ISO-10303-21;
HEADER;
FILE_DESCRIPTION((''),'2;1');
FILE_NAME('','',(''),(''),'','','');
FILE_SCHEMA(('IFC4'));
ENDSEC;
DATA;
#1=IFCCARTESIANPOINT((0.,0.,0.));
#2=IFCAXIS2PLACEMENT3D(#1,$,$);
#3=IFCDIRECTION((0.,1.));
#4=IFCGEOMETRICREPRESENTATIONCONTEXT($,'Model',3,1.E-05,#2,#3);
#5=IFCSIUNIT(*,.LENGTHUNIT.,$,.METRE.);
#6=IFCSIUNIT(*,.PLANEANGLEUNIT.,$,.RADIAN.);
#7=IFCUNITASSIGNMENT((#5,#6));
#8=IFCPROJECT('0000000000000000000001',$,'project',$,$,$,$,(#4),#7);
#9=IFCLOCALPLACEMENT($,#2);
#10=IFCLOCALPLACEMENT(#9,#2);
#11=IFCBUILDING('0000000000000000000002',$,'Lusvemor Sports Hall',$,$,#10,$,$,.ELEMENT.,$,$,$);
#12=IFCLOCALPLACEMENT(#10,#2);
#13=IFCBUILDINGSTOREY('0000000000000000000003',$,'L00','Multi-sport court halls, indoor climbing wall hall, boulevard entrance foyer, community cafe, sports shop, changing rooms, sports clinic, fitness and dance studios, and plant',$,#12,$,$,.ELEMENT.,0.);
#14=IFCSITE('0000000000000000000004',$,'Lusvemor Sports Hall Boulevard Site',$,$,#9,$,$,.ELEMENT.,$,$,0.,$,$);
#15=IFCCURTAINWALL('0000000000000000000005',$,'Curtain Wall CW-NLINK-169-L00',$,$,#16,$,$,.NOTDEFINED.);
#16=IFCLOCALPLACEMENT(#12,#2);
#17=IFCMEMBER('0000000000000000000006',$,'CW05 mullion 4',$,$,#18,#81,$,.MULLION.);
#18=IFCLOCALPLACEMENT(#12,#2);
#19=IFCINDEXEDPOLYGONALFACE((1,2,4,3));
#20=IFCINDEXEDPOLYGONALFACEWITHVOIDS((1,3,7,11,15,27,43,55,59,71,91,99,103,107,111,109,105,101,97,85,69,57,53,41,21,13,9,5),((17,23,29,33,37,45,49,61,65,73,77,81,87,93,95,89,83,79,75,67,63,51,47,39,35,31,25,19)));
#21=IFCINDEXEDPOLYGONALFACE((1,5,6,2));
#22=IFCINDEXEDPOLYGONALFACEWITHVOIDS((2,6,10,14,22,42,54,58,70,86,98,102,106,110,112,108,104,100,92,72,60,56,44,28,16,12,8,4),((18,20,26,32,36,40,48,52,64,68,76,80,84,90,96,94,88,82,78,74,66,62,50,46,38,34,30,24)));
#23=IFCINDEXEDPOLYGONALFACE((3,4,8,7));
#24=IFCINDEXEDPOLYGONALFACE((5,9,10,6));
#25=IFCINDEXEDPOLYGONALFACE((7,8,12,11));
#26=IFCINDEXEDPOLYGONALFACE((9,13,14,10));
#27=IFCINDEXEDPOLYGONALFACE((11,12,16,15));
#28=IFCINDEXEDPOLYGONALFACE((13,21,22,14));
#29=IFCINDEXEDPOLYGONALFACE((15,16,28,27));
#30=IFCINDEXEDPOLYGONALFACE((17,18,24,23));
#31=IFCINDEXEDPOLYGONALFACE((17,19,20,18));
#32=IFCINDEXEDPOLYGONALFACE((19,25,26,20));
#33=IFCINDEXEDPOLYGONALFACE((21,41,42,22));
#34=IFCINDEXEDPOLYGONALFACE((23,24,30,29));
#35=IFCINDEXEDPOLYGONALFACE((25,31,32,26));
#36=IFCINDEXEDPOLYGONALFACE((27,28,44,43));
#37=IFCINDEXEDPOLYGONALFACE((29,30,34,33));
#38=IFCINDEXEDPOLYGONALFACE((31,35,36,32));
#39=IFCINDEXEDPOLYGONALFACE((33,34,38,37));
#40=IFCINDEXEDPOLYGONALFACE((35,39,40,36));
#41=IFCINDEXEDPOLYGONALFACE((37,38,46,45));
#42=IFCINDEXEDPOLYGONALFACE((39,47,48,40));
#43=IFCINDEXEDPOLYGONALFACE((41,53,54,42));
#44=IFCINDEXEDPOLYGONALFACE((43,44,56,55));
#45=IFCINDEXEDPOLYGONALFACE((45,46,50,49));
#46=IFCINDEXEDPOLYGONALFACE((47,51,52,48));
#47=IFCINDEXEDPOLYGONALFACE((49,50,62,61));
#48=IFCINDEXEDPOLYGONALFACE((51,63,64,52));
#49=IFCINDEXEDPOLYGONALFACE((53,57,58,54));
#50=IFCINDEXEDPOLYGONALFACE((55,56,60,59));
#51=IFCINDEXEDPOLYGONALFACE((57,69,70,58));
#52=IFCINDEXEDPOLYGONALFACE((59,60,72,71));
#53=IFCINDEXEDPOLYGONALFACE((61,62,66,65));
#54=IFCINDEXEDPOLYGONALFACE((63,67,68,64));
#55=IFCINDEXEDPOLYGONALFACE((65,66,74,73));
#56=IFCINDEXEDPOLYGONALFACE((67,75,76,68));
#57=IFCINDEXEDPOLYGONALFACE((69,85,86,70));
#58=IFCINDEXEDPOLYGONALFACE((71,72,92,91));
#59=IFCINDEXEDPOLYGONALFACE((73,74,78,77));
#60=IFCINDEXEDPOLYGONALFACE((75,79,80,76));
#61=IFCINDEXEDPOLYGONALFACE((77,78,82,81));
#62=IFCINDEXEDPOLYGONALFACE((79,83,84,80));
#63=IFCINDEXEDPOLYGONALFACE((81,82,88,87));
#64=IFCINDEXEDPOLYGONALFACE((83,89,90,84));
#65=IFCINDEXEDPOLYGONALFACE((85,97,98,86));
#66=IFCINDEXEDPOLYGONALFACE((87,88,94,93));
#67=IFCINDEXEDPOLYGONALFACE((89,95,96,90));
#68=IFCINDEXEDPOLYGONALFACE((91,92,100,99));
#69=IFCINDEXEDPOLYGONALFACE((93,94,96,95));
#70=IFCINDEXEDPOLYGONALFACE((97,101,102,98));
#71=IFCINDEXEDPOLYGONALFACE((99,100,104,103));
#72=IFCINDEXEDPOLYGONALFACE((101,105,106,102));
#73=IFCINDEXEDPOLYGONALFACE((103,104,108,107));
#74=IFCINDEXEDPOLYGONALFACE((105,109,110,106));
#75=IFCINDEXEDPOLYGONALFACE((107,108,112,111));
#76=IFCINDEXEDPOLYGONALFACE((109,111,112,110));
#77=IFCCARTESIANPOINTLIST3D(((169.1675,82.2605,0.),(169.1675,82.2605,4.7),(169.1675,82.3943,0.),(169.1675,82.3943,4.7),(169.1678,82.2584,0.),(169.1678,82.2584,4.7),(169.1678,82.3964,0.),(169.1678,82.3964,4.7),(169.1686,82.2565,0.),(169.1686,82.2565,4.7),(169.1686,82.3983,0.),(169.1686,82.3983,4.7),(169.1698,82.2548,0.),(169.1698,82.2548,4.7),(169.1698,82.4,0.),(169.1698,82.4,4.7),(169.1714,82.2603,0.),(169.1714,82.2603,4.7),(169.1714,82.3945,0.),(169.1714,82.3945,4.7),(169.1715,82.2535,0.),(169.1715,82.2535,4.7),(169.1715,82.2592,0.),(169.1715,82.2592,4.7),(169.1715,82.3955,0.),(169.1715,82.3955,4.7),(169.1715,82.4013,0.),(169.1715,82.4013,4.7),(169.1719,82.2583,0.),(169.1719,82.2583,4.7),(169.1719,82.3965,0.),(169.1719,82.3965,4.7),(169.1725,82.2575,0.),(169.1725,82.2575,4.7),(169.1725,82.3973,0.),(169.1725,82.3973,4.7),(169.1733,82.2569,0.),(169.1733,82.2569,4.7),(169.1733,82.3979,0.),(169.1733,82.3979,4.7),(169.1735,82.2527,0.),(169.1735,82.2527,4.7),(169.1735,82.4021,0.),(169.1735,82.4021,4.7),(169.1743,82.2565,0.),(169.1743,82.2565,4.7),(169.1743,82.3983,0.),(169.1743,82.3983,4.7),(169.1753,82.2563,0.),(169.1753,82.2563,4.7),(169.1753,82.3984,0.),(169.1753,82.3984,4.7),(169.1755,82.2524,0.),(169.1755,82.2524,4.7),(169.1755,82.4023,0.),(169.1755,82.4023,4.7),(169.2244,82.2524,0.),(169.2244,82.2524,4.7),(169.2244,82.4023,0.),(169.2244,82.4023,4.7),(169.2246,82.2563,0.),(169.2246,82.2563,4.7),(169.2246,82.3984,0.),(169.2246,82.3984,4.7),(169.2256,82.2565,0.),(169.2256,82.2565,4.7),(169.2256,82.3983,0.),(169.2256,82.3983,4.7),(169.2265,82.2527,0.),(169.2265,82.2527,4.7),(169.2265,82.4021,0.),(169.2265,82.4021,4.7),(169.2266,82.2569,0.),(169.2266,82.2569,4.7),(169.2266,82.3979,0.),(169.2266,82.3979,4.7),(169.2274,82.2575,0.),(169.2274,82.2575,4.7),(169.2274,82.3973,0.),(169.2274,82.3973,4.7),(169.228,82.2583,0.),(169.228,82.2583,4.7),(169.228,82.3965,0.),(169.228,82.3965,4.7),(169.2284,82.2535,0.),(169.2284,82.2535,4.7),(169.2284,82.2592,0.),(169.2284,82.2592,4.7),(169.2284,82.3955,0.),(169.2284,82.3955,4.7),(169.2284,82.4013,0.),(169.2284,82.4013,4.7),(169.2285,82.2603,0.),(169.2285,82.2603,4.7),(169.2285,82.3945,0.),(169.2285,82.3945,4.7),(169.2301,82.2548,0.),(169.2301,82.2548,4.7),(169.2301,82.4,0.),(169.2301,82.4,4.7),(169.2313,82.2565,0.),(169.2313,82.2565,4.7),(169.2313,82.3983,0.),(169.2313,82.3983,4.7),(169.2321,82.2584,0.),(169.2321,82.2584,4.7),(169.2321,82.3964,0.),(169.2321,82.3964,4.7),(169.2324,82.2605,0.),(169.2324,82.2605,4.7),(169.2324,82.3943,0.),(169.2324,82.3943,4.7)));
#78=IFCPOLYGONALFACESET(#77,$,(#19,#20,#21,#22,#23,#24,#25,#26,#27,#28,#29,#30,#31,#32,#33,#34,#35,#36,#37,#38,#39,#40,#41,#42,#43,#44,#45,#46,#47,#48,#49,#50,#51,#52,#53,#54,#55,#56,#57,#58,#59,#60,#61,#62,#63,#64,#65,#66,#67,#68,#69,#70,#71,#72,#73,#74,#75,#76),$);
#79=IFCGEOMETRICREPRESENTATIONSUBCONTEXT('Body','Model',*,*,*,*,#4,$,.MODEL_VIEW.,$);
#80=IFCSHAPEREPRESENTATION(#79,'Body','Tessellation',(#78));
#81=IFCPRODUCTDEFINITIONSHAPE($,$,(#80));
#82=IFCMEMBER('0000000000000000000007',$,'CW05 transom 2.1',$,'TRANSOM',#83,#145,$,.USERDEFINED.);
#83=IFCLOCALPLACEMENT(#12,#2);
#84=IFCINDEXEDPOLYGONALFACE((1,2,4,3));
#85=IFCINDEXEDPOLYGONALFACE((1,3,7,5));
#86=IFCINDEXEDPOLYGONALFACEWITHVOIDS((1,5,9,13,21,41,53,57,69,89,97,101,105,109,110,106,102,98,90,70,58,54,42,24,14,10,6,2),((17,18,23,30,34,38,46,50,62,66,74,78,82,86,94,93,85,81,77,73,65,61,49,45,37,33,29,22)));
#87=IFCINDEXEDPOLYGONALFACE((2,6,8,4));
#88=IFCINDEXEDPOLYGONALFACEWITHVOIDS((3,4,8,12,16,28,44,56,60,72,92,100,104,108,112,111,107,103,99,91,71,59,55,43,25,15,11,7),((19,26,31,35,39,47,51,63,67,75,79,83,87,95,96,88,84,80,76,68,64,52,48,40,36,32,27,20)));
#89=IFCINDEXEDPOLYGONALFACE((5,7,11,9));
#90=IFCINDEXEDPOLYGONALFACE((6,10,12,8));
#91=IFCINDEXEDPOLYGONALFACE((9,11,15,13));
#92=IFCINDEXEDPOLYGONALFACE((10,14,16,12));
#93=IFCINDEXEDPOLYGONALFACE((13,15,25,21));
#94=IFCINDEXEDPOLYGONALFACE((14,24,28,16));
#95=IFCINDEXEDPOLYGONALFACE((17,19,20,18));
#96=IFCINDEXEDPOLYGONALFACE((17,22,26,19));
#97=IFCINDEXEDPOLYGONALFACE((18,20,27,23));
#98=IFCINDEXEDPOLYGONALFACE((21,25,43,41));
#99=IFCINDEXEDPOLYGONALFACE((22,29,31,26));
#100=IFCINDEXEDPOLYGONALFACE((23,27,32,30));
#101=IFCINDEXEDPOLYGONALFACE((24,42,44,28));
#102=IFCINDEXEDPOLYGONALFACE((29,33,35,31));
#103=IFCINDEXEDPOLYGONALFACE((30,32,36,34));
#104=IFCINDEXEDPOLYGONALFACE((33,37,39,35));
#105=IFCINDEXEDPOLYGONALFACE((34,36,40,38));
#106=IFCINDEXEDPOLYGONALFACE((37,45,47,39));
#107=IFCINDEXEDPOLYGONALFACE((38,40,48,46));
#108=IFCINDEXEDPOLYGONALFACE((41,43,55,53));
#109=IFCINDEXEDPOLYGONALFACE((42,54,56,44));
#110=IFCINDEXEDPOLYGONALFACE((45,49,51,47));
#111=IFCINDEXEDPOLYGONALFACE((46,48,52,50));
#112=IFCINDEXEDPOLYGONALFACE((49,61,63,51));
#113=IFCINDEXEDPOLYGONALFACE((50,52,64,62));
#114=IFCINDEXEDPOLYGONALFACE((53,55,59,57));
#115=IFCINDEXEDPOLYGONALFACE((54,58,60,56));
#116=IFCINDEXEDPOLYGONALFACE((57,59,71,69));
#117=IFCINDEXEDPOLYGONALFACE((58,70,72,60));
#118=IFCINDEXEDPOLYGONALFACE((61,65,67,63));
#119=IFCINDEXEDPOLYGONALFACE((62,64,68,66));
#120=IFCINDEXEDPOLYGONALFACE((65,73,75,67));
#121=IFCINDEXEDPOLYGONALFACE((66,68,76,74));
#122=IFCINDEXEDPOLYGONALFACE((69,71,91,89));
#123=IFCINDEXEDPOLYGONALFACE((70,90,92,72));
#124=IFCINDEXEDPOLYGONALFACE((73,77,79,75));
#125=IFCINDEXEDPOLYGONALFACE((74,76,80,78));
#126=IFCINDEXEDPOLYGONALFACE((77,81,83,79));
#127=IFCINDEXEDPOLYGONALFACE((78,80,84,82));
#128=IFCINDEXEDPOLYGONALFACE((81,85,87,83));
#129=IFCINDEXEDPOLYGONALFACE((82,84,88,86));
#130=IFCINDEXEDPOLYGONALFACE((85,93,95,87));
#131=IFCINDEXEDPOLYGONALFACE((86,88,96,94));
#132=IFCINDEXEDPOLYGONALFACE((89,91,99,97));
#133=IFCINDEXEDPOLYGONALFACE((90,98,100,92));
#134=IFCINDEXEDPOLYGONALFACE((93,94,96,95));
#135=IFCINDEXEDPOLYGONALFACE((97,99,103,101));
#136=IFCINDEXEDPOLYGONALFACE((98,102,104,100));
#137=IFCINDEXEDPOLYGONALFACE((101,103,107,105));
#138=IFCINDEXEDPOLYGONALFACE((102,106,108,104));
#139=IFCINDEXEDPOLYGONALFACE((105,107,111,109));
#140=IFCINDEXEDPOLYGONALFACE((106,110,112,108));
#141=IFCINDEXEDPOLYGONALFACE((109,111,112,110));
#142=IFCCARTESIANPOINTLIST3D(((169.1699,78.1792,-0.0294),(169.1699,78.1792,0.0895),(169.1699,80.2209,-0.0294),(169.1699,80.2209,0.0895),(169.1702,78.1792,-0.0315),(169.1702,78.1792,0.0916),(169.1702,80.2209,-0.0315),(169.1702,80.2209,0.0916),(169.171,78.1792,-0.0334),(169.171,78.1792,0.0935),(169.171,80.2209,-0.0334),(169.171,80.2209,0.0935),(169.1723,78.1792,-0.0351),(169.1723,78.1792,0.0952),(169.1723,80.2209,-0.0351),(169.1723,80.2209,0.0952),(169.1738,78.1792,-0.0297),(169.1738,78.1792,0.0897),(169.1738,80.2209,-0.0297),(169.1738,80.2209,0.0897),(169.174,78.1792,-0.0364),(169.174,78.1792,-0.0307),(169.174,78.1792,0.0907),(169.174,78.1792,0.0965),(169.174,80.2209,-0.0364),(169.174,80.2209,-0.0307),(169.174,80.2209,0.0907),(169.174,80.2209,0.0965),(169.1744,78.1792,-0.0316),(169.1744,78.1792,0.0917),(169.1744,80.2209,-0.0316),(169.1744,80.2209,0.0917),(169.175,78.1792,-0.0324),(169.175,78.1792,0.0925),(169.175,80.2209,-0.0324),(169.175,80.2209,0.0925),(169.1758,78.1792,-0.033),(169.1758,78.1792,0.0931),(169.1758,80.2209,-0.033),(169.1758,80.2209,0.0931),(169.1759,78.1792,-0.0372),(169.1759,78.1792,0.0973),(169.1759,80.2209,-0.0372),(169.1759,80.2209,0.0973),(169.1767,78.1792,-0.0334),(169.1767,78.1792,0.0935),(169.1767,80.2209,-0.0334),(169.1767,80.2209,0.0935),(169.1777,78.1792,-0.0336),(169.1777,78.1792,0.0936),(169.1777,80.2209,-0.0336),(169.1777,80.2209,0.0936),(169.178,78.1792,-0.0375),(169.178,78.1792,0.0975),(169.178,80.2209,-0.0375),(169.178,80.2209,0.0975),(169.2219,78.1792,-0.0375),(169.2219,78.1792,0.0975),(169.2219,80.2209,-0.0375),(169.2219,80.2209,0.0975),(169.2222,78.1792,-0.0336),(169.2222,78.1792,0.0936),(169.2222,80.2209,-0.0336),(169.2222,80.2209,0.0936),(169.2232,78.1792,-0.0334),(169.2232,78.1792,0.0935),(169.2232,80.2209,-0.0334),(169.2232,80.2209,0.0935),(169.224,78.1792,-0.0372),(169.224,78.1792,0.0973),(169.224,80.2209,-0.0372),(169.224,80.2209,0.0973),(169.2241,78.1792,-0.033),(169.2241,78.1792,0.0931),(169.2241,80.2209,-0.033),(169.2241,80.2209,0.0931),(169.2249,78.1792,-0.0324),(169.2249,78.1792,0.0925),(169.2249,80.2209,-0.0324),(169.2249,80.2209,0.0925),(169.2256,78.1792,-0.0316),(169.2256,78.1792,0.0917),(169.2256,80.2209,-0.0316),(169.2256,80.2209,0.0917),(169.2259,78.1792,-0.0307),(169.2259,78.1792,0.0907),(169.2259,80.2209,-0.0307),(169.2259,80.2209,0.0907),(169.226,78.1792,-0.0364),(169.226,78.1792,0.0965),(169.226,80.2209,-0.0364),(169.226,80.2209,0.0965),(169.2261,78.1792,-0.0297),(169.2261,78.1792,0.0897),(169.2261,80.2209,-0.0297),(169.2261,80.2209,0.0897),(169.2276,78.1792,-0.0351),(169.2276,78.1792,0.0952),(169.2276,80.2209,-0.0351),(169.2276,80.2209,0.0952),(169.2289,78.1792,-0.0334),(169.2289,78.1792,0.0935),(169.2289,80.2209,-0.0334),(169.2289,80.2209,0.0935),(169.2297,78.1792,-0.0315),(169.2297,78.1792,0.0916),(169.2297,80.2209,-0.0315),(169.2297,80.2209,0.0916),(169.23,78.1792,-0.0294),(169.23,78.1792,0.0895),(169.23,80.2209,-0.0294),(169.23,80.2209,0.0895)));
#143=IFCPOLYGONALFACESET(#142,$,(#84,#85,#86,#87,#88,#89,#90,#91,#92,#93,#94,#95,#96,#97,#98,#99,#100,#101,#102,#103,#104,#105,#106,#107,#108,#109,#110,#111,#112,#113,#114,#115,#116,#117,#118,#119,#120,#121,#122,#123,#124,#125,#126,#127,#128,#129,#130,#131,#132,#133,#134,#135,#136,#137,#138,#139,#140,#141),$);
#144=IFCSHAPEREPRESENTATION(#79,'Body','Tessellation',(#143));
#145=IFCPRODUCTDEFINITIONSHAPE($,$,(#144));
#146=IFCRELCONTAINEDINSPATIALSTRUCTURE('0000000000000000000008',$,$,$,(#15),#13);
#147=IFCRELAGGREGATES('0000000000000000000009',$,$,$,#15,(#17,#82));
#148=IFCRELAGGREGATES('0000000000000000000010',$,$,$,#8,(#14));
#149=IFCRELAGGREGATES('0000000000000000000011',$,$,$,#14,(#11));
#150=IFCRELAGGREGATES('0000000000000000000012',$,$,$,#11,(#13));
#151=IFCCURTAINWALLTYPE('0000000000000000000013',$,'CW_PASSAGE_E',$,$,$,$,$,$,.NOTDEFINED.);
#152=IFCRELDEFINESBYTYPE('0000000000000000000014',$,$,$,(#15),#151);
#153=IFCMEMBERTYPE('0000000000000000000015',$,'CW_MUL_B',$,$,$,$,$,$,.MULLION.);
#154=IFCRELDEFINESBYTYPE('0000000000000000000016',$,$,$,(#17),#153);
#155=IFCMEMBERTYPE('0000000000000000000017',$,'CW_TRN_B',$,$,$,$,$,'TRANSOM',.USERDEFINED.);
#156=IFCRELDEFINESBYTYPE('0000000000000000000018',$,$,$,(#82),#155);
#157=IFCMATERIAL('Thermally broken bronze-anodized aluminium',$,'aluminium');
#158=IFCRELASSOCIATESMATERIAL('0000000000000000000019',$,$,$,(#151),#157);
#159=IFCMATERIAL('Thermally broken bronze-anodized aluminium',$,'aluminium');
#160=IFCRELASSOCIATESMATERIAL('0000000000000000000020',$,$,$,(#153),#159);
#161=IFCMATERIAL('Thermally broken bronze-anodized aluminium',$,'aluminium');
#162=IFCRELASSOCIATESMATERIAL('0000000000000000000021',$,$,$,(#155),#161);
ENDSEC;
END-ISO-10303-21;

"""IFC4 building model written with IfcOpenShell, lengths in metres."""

from ifc_helpers import new_model, si_unit, direction, frame, origin, origin_2d, place, context, subcontext, project, spatial, hollow_rectangle, extrude, material, material_profile, profile_set, type_object, element, aggregate, save


model = new_model("IFC4")

# Units and contexts
model_context = context("Model", 3, precision=1e-05, world=origin(), true_north=direction((0.0, 1.0)))
body_context = subcontext(model_context, "Body", "Model", "MODEL_VIEW")
ifc_project = project(units=[si_unit("LENGTHUNIT", "METRE"), si_unit("PLANEANGLEUNIT", "RADIAN")], contexts=[model_context])

# Site, building, storey
site_placement = place(None, origin())
site = spatial("IfcSite", under=ifc_project, at=site_placement, Name="Lusvemor Sports Hall Boulevard Site", CompositionType="ELEMENT", RefElevation=0.0)
building_placement = place(site_placement, origin())
building = spatial("IfcBuilding", under=site, at=building_placement, Name="Lusvemor Sports Hall", CompositionType="ELEMENT")
storey_placement = place(building_placement, origin())
storey = spatial("IfcBuildingStorey", under=building, at=storey_placement, Name="L00", Description="Multi-sport court halls, indoor climbing wall hall, boulevard entrance foyer, community cafe, sports shop, changing rooms, sports clinic, fitness and dance studios, and plant", CompositionType="ELEMENT", Elevation=0.0)

# Curtain wall, members
ifc_material_1 = material(Name="Thermally broken bronze-anodized aluminium", Category="aluminium")
curtain_wall_type = type_object("IfcCurtainWallType", Name="CW_PASSAGE_E", PredefinedType="NOTDEFINED", material=ifc_material_1)
curtain_wall_placement = place(storey_placement, origin())
curtain_wall = element("IfcCurtainWall", 1, at=curtain_wall_placement, inside=storey, type_object=curtain_wall_type, Name="Curtain Wall CW-NLINK-169-L00", PredefinedType="NOTDEFINED")
ifc_material_2 = material(Name="Thermally broken bronze-anodized aluminium", Category="aluminium")
ifc_material_profile_1 = material_profile(ifc_material_2, hollow_rectangle(XDim=0.0649, YDim=0.1499, WallThickness=0.0039, InnerFilletRadius=0.0039, OuterFilletRadius=0.0081, at=origin_2d()), Name="CWMUL150x65x4")
ifc_profile_set_1 = profile_set([ifc_material_profile_1], Name="Thermally broken bronze-anodized aluminium")
member_type_1 = type_object("IfcMemberType", Name="CW_MUL_B", PredefinedType="MULLION", material=ifc_profile_set_1)
member_1_placement = place(storey_placement, frame((169.2, 82.3274, 0.0), z_axis=(0.0, 0.0, 1.0), x_axis=(-1.0, 0.0, 0.0)))
member_1 = element("IfcMember", 2, at=member_1_placement, type_object=member_type_1, Name="CW05 mullion 4", PredefinedType="MULLION", context=body_context, shape_type="SweptSolid", body=[
    extrude(hollow_rectangle(XDim=0.0649, YDim=0.1499, WallThickness=0.0039, InnerFilletRadius=0.0039, OuterFilletRadius=0.0081, at=origin_2d()), origin(), (0.0, 0.0, 1.0), 4.7),
])
ifc_material_3 = material(Name="Thermally broken bronze-anodized aluminium", Category="aluminium")
ifc_material_profile_2 = material_profile(ifc_material_3, hollow_rectangle(XDim=0.0601, YDim=0.135, WallThickness=0.0039, InnerFilletRadius=0.0039, OuterFilletRadius=0.0081, at=origin_2d()), Name="CWTRN135x60x4")
ifc_profile_set_2 = profile_set([ifc_material_profile_2], Name="Thermally broken bronze-anodized aluminium")
member_type_2 = type_object("IfcMemberType", Name="CW_TRN_B", ElementType="TRANSOM", PredefinedType="USERDEFINED", material=ifc_profile_set_2)
member_2_placement = place(storey_placement, frame((169.2, 78.1792, 0.03), z_axis=(0.0, 1.0, 0.0), x_axis=(-1.0, 0.0, 0.0)))
member_2 = element("IfcMember", 3, at=member_2_placement, type_object=member_type_2, Name="CW05 transom 2.1", ObjectType="TRANSOM", PredefinedType="USERDEFINED", context=body_context, shape_type="SweptSolid", body=[
    extrude(hollow_rectangle(XDim=0.0601, YDim=0.135, WallThickness=0.0039, InnerFilletRadius=0.0039, OuterFilletRadius=0.0081, at=origin_2d()), origin(), (0.0, 0.0, 1.0), 2.0417),
])
aggregate(curtain_wall, [member_1, member_2])

save(model, "model.ifc")
